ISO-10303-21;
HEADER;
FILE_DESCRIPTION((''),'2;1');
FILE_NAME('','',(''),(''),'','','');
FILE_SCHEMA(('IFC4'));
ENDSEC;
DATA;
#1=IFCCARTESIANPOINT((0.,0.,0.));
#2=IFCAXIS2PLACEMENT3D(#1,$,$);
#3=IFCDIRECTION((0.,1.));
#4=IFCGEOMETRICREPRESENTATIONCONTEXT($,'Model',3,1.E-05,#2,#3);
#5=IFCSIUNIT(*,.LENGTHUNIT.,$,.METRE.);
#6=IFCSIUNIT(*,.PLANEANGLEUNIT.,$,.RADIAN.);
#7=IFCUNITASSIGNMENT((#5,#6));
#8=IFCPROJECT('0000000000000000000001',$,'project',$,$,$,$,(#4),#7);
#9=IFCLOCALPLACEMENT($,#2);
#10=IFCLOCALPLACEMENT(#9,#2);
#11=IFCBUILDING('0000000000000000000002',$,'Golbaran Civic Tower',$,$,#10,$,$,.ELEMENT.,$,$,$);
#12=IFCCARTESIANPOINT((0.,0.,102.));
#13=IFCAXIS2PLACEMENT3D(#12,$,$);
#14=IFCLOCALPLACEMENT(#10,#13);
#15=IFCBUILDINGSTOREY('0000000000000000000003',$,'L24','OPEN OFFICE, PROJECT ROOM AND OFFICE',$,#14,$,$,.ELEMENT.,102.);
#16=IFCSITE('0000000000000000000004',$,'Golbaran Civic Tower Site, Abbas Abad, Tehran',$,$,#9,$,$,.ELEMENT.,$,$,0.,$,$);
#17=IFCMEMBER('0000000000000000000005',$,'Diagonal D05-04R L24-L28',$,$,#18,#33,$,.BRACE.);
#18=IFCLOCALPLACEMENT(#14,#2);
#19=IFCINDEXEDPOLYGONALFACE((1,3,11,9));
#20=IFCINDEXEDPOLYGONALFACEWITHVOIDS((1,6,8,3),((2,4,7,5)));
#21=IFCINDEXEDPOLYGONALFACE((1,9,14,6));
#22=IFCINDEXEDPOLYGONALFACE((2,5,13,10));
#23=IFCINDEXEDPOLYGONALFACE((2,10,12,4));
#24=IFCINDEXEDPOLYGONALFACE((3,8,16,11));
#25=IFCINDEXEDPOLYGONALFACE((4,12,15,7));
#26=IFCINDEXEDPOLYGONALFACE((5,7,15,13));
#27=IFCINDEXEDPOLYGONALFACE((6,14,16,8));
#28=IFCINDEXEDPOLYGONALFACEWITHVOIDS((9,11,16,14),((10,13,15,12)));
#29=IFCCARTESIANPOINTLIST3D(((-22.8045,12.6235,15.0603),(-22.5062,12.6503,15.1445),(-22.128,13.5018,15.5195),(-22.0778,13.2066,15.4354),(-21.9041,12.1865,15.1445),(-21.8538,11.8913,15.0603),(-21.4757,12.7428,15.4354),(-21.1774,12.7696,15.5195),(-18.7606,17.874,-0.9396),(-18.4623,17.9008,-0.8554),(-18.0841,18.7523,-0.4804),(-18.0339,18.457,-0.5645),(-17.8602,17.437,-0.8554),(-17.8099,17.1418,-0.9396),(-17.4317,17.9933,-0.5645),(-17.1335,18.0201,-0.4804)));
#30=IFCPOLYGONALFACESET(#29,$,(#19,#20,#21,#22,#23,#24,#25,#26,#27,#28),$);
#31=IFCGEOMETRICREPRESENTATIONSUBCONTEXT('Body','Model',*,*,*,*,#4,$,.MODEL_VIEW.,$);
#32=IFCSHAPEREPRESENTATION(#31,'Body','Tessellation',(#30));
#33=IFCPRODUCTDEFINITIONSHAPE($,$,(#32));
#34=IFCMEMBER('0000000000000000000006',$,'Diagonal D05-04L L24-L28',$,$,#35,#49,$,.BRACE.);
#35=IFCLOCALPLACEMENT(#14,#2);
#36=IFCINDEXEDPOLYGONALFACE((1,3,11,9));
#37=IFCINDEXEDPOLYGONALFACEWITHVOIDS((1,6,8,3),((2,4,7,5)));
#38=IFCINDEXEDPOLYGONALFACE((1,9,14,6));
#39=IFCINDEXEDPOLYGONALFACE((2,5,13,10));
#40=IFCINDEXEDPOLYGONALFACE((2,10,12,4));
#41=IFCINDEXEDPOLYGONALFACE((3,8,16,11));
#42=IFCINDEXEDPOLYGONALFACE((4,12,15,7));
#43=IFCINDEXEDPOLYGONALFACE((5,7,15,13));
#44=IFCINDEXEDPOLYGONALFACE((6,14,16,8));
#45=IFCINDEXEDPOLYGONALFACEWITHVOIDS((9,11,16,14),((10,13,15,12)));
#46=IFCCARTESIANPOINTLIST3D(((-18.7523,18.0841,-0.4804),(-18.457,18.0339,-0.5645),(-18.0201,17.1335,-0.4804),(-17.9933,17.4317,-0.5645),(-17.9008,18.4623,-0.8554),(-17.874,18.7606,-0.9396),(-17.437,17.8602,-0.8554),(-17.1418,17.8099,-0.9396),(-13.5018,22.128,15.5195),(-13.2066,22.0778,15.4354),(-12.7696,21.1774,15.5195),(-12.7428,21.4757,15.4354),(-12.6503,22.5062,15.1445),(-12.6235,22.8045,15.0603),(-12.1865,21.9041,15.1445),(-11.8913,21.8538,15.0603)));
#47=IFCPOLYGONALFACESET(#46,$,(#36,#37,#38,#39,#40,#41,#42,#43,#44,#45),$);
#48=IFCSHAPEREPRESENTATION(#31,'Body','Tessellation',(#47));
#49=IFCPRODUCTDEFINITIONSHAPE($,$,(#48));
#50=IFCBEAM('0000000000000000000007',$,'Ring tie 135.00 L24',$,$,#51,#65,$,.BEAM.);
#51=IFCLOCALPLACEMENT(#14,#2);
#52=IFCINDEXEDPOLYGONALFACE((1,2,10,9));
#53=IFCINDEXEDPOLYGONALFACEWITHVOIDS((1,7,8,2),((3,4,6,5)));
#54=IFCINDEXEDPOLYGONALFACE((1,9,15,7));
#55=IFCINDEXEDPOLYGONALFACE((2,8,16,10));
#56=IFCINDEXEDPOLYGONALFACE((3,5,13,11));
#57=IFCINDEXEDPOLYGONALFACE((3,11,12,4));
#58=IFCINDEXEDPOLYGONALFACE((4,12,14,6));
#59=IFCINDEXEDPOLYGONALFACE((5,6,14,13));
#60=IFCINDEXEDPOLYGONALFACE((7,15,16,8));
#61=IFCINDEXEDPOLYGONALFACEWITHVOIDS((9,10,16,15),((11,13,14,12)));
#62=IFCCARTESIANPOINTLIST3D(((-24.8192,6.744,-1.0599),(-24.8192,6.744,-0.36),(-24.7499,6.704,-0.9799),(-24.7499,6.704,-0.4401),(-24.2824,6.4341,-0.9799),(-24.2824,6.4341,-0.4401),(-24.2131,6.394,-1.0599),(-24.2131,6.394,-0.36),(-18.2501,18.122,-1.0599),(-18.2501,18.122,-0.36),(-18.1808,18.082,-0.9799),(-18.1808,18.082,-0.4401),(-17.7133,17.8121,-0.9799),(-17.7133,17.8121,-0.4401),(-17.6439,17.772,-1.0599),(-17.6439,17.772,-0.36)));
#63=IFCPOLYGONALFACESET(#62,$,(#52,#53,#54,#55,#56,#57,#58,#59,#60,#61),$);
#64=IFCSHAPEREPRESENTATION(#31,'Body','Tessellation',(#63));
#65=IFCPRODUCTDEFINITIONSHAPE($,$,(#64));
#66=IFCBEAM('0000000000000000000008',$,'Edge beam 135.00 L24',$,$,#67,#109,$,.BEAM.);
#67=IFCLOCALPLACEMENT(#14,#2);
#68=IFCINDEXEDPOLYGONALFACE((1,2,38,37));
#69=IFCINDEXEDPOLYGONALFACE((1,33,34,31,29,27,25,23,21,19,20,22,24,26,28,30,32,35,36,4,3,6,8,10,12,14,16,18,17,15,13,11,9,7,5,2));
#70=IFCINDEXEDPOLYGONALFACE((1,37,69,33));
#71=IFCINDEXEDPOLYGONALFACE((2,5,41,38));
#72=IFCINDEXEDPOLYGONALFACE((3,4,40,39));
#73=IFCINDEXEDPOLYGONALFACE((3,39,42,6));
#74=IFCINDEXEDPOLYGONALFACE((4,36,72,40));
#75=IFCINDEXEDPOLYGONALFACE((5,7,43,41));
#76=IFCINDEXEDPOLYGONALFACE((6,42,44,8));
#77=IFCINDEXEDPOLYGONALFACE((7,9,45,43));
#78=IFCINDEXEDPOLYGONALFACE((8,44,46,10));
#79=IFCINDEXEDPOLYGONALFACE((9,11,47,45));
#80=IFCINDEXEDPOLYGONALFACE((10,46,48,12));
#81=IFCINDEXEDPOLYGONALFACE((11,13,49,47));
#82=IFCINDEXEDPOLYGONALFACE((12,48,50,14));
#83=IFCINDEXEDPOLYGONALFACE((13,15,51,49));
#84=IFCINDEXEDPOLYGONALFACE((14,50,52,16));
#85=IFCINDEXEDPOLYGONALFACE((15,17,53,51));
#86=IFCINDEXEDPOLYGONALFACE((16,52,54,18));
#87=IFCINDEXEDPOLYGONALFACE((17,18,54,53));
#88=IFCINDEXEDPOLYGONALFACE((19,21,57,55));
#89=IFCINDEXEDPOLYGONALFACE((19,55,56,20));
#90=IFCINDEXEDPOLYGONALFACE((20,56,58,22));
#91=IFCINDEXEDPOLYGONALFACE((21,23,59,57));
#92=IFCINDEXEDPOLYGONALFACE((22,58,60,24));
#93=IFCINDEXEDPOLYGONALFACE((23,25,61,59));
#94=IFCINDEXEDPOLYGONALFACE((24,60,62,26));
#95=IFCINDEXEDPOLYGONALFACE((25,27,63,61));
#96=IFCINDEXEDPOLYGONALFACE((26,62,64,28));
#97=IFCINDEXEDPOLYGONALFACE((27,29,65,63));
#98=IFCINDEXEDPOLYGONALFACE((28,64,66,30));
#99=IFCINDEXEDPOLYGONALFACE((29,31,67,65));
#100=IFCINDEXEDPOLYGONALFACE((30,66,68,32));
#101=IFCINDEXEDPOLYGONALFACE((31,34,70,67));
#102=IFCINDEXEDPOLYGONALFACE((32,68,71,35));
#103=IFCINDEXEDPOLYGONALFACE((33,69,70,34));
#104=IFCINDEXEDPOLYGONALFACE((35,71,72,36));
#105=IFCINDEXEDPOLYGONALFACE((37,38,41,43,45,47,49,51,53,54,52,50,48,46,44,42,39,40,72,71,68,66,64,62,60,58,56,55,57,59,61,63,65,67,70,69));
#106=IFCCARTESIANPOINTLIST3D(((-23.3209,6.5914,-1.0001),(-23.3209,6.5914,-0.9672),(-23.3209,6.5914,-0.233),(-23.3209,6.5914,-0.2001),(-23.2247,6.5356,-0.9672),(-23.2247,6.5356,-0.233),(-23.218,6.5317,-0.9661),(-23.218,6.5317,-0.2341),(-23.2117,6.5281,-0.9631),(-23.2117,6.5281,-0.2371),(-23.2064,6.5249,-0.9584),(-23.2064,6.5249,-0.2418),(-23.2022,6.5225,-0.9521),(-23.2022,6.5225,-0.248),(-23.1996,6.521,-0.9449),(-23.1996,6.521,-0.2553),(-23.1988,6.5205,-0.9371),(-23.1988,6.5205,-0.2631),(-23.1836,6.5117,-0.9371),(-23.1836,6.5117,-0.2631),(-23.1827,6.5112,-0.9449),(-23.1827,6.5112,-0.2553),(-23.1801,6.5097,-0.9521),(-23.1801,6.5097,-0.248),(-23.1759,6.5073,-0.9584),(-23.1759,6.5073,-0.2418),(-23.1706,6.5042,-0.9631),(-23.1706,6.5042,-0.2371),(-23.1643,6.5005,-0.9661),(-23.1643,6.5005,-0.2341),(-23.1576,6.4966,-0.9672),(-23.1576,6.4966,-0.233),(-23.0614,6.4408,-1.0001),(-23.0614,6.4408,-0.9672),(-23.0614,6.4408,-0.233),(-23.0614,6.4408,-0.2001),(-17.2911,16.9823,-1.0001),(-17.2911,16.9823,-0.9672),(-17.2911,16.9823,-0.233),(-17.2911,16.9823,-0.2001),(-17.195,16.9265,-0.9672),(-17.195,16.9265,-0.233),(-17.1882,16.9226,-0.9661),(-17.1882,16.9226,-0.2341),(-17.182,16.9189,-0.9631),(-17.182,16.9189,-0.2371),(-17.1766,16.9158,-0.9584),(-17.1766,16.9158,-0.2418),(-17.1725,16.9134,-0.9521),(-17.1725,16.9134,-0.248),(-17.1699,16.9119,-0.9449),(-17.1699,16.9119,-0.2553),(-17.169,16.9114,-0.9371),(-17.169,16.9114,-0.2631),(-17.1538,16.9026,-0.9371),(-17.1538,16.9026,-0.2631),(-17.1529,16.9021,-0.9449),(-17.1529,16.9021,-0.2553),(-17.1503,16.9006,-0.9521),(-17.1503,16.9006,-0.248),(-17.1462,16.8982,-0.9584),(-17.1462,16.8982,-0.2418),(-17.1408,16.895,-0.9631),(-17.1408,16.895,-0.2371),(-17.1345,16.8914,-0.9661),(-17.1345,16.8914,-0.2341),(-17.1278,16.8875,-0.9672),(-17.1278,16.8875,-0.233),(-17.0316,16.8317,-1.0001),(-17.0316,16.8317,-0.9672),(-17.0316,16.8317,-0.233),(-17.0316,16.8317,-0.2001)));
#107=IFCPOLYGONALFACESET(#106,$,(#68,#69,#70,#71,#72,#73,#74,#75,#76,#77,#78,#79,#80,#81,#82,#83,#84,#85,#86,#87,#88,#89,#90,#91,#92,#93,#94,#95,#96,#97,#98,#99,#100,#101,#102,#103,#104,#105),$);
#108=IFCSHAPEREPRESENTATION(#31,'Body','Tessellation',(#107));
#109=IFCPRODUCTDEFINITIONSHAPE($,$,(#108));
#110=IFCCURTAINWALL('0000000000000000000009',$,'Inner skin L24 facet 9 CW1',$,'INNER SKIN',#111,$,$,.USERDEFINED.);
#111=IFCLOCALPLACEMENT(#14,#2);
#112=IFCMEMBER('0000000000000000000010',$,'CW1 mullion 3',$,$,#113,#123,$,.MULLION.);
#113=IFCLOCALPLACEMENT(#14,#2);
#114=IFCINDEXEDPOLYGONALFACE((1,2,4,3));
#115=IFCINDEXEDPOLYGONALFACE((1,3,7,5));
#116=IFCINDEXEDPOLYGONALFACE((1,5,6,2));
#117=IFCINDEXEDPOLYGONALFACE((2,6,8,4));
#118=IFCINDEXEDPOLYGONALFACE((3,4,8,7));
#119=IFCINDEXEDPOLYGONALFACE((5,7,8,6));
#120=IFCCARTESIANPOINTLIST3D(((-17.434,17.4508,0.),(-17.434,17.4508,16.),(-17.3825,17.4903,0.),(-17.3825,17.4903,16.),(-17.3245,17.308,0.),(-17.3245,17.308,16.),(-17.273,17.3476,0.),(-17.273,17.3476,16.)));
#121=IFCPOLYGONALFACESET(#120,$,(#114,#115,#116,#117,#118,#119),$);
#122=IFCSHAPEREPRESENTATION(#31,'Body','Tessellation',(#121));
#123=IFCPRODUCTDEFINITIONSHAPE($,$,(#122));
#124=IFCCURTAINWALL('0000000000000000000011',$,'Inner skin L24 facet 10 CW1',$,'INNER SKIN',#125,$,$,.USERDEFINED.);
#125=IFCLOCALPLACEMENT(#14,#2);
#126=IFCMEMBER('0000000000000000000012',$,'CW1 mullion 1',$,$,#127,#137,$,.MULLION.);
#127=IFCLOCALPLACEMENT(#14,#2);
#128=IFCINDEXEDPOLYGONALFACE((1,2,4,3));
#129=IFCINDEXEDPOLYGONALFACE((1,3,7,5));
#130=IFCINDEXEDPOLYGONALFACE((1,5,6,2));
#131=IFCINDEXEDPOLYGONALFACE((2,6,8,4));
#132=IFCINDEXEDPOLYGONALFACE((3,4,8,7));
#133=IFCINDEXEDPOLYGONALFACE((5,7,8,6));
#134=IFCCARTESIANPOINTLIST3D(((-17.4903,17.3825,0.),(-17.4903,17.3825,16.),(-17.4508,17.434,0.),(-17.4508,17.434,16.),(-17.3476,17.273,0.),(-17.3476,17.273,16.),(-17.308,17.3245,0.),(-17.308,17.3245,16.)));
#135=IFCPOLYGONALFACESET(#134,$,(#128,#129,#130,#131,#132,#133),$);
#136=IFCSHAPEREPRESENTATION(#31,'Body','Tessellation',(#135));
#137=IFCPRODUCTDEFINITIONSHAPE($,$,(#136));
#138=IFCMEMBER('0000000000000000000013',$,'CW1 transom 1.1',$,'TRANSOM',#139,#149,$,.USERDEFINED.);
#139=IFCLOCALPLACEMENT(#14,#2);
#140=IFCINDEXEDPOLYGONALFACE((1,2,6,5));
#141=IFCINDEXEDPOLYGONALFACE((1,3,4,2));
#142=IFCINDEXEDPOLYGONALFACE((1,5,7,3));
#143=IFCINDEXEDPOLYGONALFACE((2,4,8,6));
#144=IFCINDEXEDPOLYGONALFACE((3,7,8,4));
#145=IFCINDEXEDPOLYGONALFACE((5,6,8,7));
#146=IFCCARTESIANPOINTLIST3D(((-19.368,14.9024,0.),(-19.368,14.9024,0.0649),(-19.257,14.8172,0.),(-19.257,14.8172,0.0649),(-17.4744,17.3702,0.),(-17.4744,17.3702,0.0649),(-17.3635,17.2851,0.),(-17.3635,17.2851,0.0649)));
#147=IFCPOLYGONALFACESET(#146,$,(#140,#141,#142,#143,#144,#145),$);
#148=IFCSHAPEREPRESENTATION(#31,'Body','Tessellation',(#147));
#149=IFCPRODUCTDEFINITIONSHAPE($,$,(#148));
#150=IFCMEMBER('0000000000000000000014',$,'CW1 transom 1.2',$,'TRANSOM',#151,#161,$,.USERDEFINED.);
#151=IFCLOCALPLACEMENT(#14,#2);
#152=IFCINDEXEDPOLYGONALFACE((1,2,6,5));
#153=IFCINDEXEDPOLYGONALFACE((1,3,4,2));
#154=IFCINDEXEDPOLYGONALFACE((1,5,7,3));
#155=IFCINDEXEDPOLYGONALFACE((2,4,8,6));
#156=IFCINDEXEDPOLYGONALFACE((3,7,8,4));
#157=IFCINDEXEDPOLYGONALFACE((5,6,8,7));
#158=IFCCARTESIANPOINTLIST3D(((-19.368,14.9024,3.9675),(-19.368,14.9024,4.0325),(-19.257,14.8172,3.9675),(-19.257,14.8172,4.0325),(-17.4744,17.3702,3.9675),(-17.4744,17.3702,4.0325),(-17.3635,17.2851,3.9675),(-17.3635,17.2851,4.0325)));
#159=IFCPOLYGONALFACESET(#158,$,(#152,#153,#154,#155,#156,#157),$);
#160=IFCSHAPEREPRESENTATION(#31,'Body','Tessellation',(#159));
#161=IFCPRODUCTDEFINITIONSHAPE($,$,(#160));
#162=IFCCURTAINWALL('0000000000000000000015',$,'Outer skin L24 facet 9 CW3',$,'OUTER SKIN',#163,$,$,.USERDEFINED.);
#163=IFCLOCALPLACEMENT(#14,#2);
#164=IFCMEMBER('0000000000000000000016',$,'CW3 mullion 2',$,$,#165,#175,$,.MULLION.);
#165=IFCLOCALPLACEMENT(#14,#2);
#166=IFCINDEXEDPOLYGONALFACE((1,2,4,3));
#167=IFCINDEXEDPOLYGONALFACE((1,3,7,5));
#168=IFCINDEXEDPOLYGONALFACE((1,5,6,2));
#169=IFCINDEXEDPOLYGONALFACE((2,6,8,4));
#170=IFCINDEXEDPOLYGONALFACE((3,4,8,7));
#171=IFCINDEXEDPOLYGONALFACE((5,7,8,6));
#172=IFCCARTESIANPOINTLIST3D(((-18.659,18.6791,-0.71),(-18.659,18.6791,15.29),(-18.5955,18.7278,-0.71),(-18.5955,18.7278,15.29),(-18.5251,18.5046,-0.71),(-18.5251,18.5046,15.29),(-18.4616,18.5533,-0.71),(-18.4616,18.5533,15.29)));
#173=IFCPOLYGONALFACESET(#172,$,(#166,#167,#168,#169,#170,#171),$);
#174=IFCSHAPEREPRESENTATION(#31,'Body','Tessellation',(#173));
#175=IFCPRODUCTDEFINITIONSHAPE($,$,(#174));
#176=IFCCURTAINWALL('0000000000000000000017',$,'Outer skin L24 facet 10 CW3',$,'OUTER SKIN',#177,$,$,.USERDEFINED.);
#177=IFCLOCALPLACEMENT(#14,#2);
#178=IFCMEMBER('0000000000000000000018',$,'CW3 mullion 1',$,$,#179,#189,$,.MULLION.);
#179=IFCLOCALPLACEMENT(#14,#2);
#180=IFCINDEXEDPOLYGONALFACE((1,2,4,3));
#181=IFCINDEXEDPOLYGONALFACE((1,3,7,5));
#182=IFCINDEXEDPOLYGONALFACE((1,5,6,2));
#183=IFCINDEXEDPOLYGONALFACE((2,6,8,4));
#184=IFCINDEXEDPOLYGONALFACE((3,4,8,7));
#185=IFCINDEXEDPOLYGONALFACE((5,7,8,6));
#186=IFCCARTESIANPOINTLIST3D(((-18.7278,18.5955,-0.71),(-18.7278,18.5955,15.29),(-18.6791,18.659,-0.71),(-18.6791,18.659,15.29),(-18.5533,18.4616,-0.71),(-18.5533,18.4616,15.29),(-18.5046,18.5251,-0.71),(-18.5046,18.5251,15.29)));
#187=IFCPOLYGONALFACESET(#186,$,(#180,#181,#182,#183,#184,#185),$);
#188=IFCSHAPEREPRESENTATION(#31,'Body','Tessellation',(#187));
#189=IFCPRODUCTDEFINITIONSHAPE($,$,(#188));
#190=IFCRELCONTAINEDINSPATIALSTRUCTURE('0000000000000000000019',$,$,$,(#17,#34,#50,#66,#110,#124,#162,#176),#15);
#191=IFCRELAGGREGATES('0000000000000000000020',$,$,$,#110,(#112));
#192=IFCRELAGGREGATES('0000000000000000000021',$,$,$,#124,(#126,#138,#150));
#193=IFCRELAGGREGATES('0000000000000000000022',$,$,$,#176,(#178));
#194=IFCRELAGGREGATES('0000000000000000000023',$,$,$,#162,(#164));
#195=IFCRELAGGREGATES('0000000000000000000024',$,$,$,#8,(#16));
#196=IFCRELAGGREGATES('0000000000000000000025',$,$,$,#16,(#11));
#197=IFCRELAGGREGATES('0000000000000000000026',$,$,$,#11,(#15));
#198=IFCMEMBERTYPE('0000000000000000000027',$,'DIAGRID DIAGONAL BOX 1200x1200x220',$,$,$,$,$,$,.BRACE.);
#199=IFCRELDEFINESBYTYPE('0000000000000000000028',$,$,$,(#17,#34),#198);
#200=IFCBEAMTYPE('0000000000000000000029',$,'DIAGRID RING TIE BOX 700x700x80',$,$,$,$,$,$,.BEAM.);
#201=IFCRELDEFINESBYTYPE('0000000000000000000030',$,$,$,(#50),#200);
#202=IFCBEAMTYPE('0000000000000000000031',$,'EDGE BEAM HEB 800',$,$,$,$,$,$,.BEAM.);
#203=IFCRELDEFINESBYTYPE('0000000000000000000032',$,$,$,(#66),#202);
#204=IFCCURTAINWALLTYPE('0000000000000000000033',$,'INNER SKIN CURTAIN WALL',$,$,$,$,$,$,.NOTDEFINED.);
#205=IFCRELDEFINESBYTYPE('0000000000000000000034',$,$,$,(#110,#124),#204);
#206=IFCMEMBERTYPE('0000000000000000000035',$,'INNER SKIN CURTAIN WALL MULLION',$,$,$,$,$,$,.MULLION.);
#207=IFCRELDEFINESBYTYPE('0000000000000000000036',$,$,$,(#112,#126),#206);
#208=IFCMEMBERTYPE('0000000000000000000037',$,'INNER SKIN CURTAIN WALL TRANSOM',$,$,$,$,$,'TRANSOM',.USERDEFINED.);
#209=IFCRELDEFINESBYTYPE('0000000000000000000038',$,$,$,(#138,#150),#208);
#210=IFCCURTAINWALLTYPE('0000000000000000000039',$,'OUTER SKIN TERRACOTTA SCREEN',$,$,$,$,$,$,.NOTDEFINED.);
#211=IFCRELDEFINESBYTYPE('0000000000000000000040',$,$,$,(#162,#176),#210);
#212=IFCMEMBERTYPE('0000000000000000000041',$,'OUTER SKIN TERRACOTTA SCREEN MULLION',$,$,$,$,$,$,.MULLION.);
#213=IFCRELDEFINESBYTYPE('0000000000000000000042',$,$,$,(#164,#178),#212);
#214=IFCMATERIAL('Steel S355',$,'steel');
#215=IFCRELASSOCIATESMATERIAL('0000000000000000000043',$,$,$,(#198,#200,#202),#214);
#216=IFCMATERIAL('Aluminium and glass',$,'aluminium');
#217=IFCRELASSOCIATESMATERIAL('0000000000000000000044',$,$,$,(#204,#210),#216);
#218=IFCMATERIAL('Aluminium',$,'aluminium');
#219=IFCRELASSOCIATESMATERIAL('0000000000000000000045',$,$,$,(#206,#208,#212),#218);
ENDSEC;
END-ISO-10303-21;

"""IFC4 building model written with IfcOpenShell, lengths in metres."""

from ifc_helpers import new_model, si_unit, direction, frame, origin, origin_2d, place, context, subcontext, project, spatial, rectangle, hollow_rectangle, i_section, extrude, material, material_profile, profile_set, type_object, element, aggregate, save


model = new_model("IFC4")

# Units and contexts
model_context = context("Model", 3, precision=1e-05, world=origin(), true_north=direction((0.0, 1.0)))
body_context = subcontext(model_context, "Body", "Model", "MODEL_VIEW")
ifc_project = project(units=[si_unit("LENGTHUNIT", "METRE"), si_unit("PLANEANGLEUNIT", "RADIAN")], contexts=[model_context])

# Site, building, storey
site_placement = place(None, origin())
site = spatial("IfcSite", under=ifc_project, at=site_placement, Name="Golbaran Civic Tower Site, Abbas Abad, Tehran", CompositionType="ELEMENT", RefElevation=0.0)
building_placement = place(site_placement, origin())
building = spatial("IfcBuilding", under=site, at=building_placement, Name="Golbaran Civic Tower", CompositionType="ELEMENT")
storey_placement = place(building_placement, frame((0.0, 0.0, 102.0)))
storey = spatial("IfcBuildingStorey", under=building, at=storey_placement, Name="L24", Description="OPEN OFFICE, PROJECT ROOM AND OFFICE", CompositionType="ELEMENT", Elevation=102.0)

# Members
ifc_material_1 = material(Name="Steel S355", Category="steel")
ifc_material_profile_1 = material_profile(ifc_material_1, hollow_rectangle(XDim=1.2, YDim=1.2, WallThickness=0.22, at=origin_2d()), Name="BOX 1200x1200x220")
ifc_profile_set_1 = profile_set([ifc_material_profile_1], Name="Steel S355")
member_type_1 = type_object("IfcMemberType", Name="DIAGRID DIAGONAL BOX 1200x1200x220", PredefinedType="BRACE", material=ifc_profile_set_1)
for number, where, z_axis, x_axis, name in (
    (1, (-17.947, 17.947, -0.71), (-0.233508, -0.303177, 0.923882), (0.792251, -0.610195, 0.0), "Diagonal D05-04R L24-L28"),
    (2, (-17.947, 17.947, -0.71), (0.303177, 0.233508, 0.923882), (-0.610195, 0.792251, 0.0), "Diagonal D05-04L L24-L28"),
):
    element("IfcMember", number, at=place(storey_placement, frame(where, z_axis=z_axis, x_axis=x_axis)), inside=storey, type_object=member_type_1, Name=name, PredefinedType="BRACE", context=body_context, shape_type="SweptSolid", body=[
        extrude(hollow_rectangle(XDim=1.2, YDim=1.2, WallThickness=0.22, at=origin_2d()), origin(), (0.0, 0.0, 1.0), 17.3181),
    ])

# Beams
ifc_material_profile_2 = material_profile(ifc_material_1, hollow_rectangle(XDim=0.7, YDim=0.7, WallThickness=0.0801, at=origin_2d()), Name="BOX 700x700x80")
ifc_profile_set_2 = profile_set([ifc_material_profile_2], Name="Steel S355")
beam_type_1 = type_object("IfcBeamType", Name="DIAGRID RING TIE BOX 700x700x80", PredefinedType="BEAM", material=ifc_profile_set_2)
beam_1_placement = place(storey_placement, frame((-17.947, 17.947, -0.71), z_axis=(-0.500002, -0.866024, 0.0), x_axis=(0.866024, -0.500002, 0.0)))
element("IfcBeam", 3, at=beam_1_placement, inside=storey, type_object=beam_type_1, Name="Ring tie 135.00 L24", PredefinedType="BEAM", context=body_context, shape_type="SweptSolid", body=[
    extrude(hollow_rectangle(XDim=0.7, YDim=0.7, WallThickness=0.0801, at=origin_2d()), origin(), (0.0, 0.0, 1.0), 13.1382),
])
ifc_material_profile_3 = material_profile(ifc_material_1, i_section(OverallWidth=0.3, OverallDepth=0.8, WebThickness=0.0176, FlangeThickness=0.033, FilletRadius=0.03, at=origin_2d()), Name="HEB 800")
ifc_profile_set_3 = profile_set([ifc_material_profile_3], Name="Steel S355")
beam_type_2 = type_object("IfcBeamType", Name="EDGE BEAM HEB 800", PredefinedType="BEAM", material=ifc_profile_set_3)
beam_2_placement = place(storey_placement, frame((-17.1614, 16.907, -0.6001), z_axis=(-0.50191, -0.86492, 0.0), x_axis=(0.86492, -0.50191, 0.0)))
element("IfcBeam", 4, at=beam_2_placement, inside=storey, type_object=beam_type_2, Name="Edge beam 135.00 L24", PredefinedType="BEAM", context=body_context, shape_type="SweptSolid", body=[
    extrude(i_section(OverallWidth=0.3, OverallDepth=0.8, WebThickness=0.0176, FlangeThickness=0.033, FilletRadius=0.03, at=origin_2d()), origin(), (0.0, 0.0, 1.0), 12.0137),
])

# Curtain wall, member
ifc_material_2 = material(Name="Aluminium and glass", Category="aluminium")
curtain_wall_type_1 = type_object("IfcCurtainWallType", Name="INNER SKIN CURTAIN WALL", PredefinedType="NOTDEFINED", material=ifc_material_2)
curtain_wall_1_placement = place(storey_placement, origin())
curtain_wall_1 = element("IfcCurtainWall", 5, at=curtain_wall_1_placement, inside=storey, type_object=curtain_wall_type_1, Name="Inner skin L24 facet 9 CW1", ObjectType="INNER SKIN", PredefinedType="USERDEFINED")
ifc_material_3 = material(Name="Aluminium", Category="aluminium")
ifc_material_profile_4 = material_profile(ifc_material_3, rectangle(XDim=0.1799, YDim=0.0649, at=origin_2d()), Name="INNER SKIN CURTAIN WALL MULLION")
ifc_profile_set_4 = profile_set([ifc_material_profile_4], Name="Aluminium")
member_type_2 = type_object("IfcMemberType", Name="INNER SKIN CURTAIN WALL MULLION", PredefinedType="MULLION", material=ifc_profile_set_4)
member_1_placement = place(storey_placement, frame((-17.3535, 17.3992, 0.0), z_axis=(0.0, 0.0, 1.0), x_axis=(0.608761, -0.793353, 0.0)))
member_1 = element("IfcMember", 6, at=member_1_placement, type_object=member_type_2, Name="CW1 mullion 3", PredefinedType="MULLION", context=body_context, shape_type="SweptSolid", body=[
    extrude(rectangle(XDim=0.1799, YDim=0.0649, at=origin_2d()), origin(), (0.0, 0.0, 1.0), 16.0),
])

# Curtain wall, members
curtain_wall_2_placement = place(storey_placement, origin())
curtain_wall_2 = element("IfcCurtainWall", 7, at=curtain_wall_2_placement, inside=storey, type_object=curtain_wall_type_1, Name="Inner skin L24 facet 10 CW1", ObjectType="INNER SKIN", PredefinedType="USERDEFINED")
member_2_placement = place(storey_placement, frame((-17.3992, 17.3535, 0.0), z_axis=(0.0, 0.0, 1.0), x_axis=(0.793353, -0.608761, 0.0)))
member_2 = element("IfcMember", 8, at=member_2_placement, type_object=member_type_2, Name="CW1 mullion 1", PredefinedType="MULLION", context=body_context, shape_type="SweptSolid", body=[
    extrude(rectangle(XDim=0.1799, YDim=0.0649, at=origin_2d()), origin(), (0.0, 0.0, 1.0), 16.0),
])
ifc_material_profile_5 = material_profile(ifc_material_3, rectangle(XDim=0.1399, YDim=0.0649, at=origin_2d()), Name="INNER SKIN CURTAIN WALL TRANSOM")
ifc_profile_set_5 = profile_set([ifc_material_profile_5], Name="Aluminium")
member_type_3 = type_object("IfcMemberType", Name="INNER SKIN CURTAIN WALL TRANSOM", ElementType="TRANSOM", PredefinedType="USERDEFINED", material=ifc_profile_set_5)
member_3_placement = place(storey_placement, frame((-17.4189, 17.3276, 0.0325), z_axis=(-0.608754, -0.793359, 0.0), x_axis=(0.793359, -0.608754, 0.0)))
member_3 = element("IfcMember", 9, at=member_3_placement, type_object=member_type_3, Name="CW1 transom 1.1", ObjectType="TRANSOM", PredefinedType="USERDEFINED", context=body_context, shape_type="SweptSolid", body=[
    extrude(rectangle(XDim=0.1399, YDim=0.0649, at=origin_2d()), origin(), (0.0, 0.0, 1.0), 3.1106),
])
member_4_placement = place(storey_placement, frame((-17.4189, 17.3276, 4.0), z_axis=(-0.608754, -0.793359, 0.0), x_axis=(0.793359, -0.608754, 0.0)))
member_4 = element("IfcMember", 10, at=member_4_placement, type_object=member_type_3, Name="CW1 transom 1.2", ObjectType="TRANSOM", PredefinedType="USERDEFINED", context=body_context, shape_type="SweptSolid", body=[
    extrude(rectangle(XDim=0.1399, YDim=0.0649, at=origin_2d()), origin(), (0.0, 0.0, 1.0), 3.1106),
])

# Curtain wall, member
curtain_wall_type_2 = type_object("IfcCurtainWallType", Name="OUTER SKIN TERRACOTTA SCREEN", PredefinedType="NOTDEFINED", material=ifc_material_2)
curtain_wall_3_placement = place(storey_placement, origin())
curtain_wall_3 = element("IfcCurtainWall", 11, at=curtain_wall_3_placement, inside=storey, type_object=curtain_wall_type_2, Name="Outer skin L24 facet 9 CW3", ObjectType="OUTER SKIN", PredefinedType="USERDEFINED")
ifc_material_profile_6 = material_profile(ifc_material_3, rectangle(XDim=0.22, YDim=0.0801, at=origin_2d()), Name="OUTER SKIN TERRACOTTA SCREEN MULLION")
ifc_profile_set_6 = profile_set([ifc_material_profile_6], Name="Aluminium")
member_type_4 = type_object("IfcMemberType", Name="OUTER SKIN TERRACOTTA SCREEN MULLION", PredefinedType="MULLION", material=ifc_profile_set_6)
member_5_placement = place(storey_placement, frame((-18.5603, 18.6162, -0.71), z_axis=(0.0, 0.0, 1.0), x_axis=(0.608761, -0.793353, 0.0)))
member_5 = element("IfcMember", 12, at=member_5_placement, type_object=member_type_4, Name="CW3 mullion 2", PredefinedType="MULLION", context=body_context, shape_type="SweptSolid", body=[
    extrude(rectangle(XDim=0.22, YDim=0.0801, at=origin_2d()), origin(), (0.0, 0.0, 1.0), 16.0),
])

# Curtain wall, member
curtain_wall_4_placement = place(storey_placement, origin())
curtain_wall_4 = element("IfcCurtainWall", 13, at=curtain_wall_4_placement, inside=storey, type_object=curtain_wall_type_2, Name="Outer skin L24 facet 10 CW3", ObjectType="OUTER SKIN", PredefinedType="USERDEFINED")
member_6_placement = place(storey_placement, frame((-18.6162, 18.5603, -0.71), z_axis=(0.0, 0.0, 1.0), x_axis=(0.793353, -0.608761, 0.0)))
member_6 = element("IfcMember", 14, at=member_6_placement, type_object=member_type_4, Name="CW3 mullion 1", PredefinedType="MULLION", context=body_context, shape_type="SweptSolid", body=[
    extrude(rectangle(XDim=0.22, YDim=0.0801, at=origin_2d()), origin(), (0.0, 0.0, 1.0), 16.0),
])

aggregate(curtain_wall_1, [member_1])
aggregate(curtain_wall_2, [member_2, member_3, member_4])
aggregate(curtain_wall_4, [member_6])
aggregate(curtain_wall_3, [member_5])

save(model, "model.ifc")
